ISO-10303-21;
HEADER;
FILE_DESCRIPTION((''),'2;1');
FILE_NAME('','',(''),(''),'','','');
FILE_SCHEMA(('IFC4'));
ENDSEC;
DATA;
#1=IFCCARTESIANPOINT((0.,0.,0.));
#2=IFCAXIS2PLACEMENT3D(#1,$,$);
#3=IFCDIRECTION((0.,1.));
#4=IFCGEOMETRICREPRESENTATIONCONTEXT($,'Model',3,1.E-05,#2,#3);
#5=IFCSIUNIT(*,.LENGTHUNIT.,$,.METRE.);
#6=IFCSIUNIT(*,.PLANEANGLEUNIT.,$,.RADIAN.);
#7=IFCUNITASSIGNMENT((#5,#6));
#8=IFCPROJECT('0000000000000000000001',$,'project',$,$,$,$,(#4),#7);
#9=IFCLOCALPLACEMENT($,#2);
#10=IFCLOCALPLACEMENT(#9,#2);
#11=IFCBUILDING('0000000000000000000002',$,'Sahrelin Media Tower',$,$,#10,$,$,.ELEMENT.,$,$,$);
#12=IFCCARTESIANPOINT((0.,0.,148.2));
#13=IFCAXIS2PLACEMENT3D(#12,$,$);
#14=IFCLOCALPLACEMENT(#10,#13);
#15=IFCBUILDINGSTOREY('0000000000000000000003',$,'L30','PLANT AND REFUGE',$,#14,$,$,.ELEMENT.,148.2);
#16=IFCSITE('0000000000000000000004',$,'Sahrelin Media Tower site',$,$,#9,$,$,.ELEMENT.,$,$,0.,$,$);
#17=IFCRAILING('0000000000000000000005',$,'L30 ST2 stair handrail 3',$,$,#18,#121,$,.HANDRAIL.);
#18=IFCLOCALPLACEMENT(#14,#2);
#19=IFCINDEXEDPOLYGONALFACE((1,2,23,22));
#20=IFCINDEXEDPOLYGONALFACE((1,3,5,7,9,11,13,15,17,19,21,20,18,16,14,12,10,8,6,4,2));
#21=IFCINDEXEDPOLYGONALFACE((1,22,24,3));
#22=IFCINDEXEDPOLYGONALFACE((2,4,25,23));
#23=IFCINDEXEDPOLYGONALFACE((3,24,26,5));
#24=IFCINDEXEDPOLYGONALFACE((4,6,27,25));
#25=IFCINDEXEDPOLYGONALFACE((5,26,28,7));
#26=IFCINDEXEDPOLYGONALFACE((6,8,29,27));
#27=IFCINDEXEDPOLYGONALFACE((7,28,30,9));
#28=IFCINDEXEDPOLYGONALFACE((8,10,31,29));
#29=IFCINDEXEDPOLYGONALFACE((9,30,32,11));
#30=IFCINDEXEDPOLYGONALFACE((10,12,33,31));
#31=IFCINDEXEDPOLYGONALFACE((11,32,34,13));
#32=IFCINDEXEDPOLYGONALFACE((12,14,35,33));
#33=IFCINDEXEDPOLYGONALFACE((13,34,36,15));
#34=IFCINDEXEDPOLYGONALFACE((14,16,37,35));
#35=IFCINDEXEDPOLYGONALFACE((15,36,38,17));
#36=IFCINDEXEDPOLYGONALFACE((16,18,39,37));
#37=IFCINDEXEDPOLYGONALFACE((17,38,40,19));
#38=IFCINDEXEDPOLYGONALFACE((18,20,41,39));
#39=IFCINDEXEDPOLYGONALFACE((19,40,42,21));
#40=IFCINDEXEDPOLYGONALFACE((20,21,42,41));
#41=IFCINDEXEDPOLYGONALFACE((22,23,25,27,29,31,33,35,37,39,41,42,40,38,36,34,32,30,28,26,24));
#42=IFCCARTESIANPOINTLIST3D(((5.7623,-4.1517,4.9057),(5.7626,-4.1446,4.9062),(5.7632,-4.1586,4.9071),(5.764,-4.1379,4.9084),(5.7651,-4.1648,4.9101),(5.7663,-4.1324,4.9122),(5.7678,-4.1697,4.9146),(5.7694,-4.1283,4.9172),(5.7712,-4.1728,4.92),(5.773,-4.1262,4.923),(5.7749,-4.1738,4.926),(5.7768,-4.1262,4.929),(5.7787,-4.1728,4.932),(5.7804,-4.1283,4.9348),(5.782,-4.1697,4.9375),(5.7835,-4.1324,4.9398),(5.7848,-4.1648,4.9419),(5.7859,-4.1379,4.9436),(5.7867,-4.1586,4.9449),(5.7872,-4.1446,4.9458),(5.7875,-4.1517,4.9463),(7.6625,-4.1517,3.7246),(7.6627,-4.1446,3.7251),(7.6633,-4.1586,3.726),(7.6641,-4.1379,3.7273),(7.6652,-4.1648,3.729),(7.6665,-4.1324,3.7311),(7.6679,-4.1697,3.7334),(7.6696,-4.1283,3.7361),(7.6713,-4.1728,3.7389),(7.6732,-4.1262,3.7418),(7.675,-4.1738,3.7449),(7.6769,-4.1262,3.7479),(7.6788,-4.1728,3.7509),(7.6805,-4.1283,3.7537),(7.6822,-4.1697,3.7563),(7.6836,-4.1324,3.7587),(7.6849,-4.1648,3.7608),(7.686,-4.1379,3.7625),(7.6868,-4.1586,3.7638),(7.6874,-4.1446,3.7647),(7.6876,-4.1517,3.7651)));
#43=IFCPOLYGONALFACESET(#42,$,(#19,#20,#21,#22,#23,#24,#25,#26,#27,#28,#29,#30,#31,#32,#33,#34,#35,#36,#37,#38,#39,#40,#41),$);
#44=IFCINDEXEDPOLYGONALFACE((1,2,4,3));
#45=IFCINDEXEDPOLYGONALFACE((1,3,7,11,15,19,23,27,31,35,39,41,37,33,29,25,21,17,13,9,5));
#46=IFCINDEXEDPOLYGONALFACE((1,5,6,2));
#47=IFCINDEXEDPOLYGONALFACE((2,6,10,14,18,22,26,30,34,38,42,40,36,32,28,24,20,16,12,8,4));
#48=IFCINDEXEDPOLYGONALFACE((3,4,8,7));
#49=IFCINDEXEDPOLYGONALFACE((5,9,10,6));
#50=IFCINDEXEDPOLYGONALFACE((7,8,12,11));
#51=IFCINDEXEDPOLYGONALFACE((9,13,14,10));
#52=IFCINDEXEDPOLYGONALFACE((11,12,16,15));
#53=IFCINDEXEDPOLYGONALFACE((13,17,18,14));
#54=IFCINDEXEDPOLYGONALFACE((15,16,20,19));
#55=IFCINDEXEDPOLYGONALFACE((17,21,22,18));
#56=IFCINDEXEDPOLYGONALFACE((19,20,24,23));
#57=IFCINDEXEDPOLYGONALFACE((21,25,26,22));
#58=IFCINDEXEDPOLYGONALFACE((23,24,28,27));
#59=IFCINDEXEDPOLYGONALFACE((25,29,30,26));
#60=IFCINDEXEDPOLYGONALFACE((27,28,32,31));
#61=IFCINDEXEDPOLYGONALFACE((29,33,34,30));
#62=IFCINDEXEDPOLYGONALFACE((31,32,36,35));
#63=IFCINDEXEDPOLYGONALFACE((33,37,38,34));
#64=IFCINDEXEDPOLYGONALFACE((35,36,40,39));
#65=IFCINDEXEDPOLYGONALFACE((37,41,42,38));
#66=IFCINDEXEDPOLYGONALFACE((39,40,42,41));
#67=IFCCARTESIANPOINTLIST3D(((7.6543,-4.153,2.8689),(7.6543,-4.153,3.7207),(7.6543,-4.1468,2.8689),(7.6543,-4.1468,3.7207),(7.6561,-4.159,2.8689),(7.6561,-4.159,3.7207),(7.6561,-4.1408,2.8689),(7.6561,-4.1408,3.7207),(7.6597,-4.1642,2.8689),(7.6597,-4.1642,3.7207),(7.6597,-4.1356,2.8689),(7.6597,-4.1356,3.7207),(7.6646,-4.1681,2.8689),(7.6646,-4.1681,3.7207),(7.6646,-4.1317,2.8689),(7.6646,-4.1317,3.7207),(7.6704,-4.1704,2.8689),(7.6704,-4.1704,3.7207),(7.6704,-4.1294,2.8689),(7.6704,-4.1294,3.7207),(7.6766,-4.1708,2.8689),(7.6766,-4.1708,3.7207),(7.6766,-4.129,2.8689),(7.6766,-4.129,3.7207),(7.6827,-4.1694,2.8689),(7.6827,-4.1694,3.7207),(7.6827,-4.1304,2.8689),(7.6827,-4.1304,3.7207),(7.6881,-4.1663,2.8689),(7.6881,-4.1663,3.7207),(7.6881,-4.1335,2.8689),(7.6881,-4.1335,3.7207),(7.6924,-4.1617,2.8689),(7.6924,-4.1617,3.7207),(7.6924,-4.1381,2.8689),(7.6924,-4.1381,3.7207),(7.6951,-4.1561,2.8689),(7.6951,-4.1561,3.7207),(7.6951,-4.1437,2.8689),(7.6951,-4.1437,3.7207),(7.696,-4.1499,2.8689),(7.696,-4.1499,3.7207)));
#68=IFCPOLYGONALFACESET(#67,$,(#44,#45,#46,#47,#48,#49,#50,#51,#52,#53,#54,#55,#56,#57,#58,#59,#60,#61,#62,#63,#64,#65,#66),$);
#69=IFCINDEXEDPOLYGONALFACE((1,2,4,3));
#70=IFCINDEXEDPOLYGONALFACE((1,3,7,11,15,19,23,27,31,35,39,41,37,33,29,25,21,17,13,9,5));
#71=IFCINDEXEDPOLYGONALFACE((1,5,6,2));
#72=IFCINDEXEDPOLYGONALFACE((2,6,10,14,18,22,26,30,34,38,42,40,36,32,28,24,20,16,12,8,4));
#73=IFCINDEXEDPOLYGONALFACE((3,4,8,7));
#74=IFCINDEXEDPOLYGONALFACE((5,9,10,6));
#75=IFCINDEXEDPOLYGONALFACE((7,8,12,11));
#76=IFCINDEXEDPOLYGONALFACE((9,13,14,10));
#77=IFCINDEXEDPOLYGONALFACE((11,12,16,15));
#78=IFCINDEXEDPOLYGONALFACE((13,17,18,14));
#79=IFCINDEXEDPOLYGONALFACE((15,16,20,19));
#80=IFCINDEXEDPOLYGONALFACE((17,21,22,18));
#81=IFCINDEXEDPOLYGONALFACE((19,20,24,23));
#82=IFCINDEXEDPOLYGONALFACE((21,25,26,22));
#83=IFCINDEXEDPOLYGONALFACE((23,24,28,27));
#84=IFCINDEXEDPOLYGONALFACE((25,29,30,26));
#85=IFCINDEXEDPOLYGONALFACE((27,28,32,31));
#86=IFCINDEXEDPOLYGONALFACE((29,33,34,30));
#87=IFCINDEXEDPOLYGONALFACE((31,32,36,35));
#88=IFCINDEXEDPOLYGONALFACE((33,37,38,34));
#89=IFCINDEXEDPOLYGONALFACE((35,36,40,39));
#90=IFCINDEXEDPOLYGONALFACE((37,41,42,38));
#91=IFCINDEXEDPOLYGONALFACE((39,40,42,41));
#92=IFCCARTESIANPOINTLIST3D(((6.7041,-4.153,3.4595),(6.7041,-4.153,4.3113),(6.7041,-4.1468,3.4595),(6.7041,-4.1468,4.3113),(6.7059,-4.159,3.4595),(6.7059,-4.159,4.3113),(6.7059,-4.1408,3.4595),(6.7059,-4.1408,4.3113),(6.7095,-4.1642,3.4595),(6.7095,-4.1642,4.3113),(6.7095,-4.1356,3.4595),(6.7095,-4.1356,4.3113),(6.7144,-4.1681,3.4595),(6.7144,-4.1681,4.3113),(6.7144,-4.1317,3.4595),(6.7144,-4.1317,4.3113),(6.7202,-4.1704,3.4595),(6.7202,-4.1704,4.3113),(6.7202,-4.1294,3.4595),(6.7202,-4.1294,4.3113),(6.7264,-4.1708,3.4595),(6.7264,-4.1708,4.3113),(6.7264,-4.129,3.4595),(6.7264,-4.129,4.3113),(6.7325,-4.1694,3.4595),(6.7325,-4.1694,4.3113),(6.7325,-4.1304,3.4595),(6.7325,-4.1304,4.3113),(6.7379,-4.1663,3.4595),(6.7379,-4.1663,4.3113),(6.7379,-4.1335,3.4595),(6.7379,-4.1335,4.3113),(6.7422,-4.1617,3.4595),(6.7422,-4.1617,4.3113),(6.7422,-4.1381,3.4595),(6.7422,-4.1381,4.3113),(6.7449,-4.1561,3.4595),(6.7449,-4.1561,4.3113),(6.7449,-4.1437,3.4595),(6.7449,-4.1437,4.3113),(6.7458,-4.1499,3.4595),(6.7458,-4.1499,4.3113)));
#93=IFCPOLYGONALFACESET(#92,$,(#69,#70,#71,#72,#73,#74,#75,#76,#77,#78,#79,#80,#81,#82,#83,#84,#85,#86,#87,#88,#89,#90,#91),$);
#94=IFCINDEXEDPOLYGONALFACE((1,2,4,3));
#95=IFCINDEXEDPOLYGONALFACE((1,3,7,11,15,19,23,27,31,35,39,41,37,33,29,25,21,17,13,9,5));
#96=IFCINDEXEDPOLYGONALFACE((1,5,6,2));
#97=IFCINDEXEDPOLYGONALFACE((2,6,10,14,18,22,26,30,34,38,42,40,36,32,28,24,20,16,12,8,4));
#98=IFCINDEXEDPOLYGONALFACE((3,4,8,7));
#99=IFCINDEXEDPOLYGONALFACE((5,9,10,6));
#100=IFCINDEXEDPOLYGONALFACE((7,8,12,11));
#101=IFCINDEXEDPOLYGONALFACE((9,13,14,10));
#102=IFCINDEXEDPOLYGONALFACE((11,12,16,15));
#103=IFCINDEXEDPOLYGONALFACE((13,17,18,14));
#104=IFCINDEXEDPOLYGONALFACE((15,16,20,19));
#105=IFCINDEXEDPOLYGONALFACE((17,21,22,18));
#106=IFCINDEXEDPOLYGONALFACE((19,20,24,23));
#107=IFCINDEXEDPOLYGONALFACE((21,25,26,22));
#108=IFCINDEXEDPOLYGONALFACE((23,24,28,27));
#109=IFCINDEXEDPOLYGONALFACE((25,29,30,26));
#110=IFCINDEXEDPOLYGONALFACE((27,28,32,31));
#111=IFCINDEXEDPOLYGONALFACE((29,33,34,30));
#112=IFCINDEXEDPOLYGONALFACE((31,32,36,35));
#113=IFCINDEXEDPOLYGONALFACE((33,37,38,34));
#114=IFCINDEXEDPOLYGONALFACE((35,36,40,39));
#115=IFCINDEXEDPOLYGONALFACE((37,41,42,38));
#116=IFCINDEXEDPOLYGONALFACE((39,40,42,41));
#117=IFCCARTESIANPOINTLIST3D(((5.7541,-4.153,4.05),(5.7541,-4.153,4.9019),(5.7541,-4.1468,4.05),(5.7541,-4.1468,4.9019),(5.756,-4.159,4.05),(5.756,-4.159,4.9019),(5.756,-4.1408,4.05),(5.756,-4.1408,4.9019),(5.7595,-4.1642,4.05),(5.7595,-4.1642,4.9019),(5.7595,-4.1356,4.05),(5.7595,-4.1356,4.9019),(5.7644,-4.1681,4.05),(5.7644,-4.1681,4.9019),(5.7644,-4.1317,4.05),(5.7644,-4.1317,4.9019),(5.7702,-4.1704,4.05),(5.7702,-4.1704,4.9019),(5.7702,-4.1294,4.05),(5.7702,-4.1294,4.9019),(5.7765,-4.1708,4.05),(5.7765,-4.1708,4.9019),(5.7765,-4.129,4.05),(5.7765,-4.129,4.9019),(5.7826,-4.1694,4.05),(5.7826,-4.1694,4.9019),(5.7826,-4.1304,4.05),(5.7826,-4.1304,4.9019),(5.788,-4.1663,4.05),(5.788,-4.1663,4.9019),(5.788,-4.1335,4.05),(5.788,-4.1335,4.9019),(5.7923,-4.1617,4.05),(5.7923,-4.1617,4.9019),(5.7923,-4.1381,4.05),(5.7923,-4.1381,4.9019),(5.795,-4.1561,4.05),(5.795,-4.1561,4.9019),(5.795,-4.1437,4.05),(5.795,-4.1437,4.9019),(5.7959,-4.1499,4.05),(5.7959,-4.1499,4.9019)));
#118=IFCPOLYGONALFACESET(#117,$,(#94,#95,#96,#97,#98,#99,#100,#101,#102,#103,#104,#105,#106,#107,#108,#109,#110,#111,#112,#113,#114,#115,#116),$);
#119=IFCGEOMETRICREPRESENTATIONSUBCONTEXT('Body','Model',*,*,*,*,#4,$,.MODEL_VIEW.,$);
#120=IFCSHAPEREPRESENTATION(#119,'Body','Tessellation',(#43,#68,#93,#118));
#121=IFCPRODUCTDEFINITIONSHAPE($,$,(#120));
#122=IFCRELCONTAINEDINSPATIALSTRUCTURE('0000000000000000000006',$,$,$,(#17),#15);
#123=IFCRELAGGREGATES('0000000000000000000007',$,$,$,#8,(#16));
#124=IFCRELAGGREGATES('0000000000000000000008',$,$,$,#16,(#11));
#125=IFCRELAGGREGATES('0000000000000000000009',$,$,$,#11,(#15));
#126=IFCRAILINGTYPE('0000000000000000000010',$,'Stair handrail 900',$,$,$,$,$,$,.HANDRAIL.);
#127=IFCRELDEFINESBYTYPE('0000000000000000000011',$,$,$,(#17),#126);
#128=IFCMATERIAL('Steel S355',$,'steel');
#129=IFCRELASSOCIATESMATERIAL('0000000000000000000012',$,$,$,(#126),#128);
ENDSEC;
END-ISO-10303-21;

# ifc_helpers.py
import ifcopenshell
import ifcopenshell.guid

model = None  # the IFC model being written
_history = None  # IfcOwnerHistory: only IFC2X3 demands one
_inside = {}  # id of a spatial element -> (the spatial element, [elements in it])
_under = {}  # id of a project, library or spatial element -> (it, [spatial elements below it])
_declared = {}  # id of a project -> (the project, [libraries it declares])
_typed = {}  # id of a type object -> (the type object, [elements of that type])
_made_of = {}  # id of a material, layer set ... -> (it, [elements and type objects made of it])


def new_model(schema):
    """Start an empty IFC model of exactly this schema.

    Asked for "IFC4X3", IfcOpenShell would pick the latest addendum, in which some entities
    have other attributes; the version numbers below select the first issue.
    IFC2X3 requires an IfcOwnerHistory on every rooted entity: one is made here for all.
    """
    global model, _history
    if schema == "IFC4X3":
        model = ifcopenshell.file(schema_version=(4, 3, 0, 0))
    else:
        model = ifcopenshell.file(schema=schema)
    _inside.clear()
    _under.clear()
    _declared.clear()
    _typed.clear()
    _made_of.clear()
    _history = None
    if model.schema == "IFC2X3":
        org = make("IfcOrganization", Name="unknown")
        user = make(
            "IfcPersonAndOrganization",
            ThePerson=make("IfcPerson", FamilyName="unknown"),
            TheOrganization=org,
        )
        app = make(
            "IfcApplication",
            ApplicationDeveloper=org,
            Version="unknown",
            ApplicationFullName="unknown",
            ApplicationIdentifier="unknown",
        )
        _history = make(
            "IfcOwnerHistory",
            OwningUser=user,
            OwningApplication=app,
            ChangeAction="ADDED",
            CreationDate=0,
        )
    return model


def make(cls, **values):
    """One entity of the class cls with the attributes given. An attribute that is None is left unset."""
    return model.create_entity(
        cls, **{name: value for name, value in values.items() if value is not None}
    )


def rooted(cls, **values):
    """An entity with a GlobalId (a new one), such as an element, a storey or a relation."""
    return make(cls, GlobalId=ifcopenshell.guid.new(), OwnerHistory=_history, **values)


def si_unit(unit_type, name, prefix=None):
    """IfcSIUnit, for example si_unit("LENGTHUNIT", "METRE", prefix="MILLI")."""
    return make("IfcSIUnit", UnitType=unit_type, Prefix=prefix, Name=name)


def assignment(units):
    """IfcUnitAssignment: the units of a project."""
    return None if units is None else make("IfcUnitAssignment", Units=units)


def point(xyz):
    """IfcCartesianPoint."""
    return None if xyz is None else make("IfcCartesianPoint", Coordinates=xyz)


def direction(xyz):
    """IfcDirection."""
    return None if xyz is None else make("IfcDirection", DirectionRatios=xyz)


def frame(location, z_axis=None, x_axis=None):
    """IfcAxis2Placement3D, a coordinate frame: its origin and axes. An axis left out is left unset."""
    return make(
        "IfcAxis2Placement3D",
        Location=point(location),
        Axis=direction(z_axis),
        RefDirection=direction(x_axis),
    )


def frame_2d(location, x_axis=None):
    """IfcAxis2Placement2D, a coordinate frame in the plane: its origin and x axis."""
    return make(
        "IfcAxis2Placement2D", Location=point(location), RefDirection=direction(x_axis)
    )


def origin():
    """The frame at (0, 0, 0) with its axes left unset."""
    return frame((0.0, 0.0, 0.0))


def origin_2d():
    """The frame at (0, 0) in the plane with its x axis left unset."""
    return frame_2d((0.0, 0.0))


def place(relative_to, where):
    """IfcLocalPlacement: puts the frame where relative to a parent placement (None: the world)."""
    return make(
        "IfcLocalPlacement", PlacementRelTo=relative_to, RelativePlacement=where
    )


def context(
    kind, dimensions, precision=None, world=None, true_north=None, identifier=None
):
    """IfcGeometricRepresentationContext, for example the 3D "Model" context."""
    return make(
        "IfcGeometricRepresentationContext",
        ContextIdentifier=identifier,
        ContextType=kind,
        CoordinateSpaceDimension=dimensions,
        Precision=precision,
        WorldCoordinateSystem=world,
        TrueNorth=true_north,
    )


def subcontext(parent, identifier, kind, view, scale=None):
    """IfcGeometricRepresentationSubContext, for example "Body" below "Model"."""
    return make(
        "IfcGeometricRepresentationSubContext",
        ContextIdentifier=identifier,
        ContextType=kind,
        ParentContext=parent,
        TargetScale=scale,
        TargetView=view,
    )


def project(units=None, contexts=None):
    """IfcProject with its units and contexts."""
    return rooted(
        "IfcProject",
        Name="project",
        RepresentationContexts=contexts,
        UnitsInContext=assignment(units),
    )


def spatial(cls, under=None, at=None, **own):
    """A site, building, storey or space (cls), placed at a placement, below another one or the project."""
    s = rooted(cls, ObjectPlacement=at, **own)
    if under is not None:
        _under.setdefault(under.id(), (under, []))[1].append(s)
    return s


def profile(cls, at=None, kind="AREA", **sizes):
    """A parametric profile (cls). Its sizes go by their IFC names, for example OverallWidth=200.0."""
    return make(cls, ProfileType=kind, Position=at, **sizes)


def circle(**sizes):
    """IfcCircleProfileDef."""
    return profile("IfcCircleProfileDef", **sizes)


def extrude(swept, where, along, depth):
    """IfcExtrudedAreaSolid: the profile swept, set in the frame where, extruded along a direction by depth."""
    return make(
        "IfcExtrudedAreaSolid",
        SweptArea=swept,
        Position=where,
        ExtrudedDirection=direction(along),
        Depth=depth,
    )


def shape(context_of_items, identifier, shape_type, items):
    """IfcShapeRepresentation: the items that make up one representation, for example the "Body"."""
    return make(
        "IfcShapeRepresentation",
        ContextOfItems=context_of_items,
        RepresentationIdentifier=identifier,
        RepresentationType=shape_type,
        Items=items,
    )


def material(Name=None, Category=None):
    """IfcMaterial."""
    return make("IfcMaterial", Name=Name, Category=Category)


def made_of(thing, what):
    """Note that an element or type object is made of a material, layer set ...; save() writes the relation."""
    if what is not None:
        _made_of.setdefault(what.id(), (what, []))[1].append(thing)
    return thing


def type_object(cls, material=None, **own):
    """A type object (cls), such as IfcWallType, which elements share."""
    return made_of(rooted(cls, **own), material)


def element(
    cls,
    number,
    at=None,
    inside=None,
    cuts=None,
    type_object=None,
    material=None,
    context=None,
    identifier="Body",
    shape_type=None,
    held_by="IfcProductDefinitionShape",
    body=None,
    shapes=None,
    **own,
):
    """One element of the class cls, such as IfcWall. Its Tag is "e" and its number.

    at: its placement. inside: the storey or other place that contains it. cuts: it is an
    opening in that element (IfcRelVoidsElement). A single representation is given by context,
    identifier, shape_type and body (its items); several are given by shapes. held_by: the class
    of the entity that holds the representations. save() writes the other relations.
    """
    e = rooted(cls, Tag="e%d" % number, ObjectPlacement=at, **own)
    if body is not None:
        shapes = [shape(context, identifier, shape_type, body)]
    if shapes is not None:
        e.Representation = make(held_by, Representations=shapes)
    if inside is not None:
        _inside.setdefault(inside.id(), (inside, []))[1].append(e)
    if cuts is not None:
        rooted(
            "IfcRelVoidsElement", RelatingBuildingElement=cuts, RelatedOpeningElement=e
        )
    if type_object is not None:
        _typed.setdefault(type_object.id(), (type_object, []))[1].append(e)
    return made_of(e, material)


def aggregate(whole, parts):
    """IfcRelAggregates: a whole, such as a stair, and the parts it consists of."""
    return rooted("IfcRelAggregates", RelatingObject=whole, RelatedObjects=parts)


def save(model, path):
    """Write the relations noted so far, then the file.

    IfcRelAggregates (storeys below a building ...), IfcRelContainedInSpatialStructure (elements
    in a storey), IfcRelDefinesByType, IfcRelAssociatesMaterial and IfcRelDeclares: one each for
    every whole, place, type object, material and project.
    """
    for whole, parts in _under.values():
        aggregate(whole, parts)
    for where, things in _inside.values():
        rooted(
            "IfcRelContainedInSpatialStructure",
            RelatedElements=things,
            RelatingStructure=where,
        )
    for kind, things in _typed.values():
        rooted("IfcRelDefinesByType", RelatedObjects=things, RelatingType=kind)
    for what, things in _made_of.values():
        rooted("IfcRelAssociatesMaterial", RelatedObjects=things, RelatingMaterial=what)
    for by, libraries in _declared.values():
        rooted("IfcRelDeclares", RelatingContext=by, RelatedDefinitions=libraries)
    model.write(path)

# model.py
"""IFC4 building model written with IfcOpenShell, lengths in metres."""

from ifc_helpers import new_model, si_unit, direction, frame, origin, origin_2d, place, context, subcontext, project, spatial, circle, extrude, material, type_object, element, save


model = new_model("IFC4")

# Units and contexts
model_context = context("Model", 3, precision=1e-05, world=origin(), true_north=direction((0.0, 1.0)))
body_context = subcontext(model_context, "Body", "Model", "MODEL_VIEW")
ifc_project = project(units=[si_unit("LENGTHUNIT", "METRE"), si_unit("PLANEANGLEUNIT", "RADIAN")], contexts=[model_context])

# Site, building, storey
site_placement = place(None, origin())
site = spatial("IfcSite", under=ifc_project, at=site_placement, Name="Sahrelin Media Tower site", CompositionType="ELEMENT", RefElevation=0.0)
building_placement = place(site_placement, origin())
building = spatial("IfcBuilding", under=site, at=building_placement, Name="Sahrelin Media Tower", CompositionType="ELEMENT")
storey_placement = place(building_placement, frame((0.0, 0.0, 148.2)))
storey = spatial("IfcBuildingStorey", under=building, at=storey_placement, Name="L30", Description="PLANT AND REFUGE", CompositionType="ELEMENT", Elevation=148.2)

# Shared definitions
ifc_material_1 = material(Name="Steel S355", Category="steel")

# Railing
railing_type_1 = type_object("IfcRailingType", Name="Stair handrail 900", PredefinedType="HANDRAIL", material=ifc_material_1)
railing_1_placement = place(storey_placement, frame((7.675, -4.1499, 2.8689)))
element("IfcRailing", 1, at=railing_1_placement, inside=storey, type_object=railing_type_1, Name="L30 ST2 stair handrail 3", PredefinedType="HANDRAIL", context=body_context, shape_type="SweptSolid", body=[
    extrude(circle(Radius=0.0239, at=origin_2d()), frame((0.0, 0.0, 0.876), z_axis=(-0.849289, 0.0, 0.527928), x_axis=(0.0, -1.0, 0.0)), (0.0, 0.0, 1.0), 2.2373),
    extrude(circle(Radius=0.021, at=origin_2d()), origin(), (0.0, 0.0, 1.0), 0.8518),
    extrude(circle(Radius=0.021, at=origin_2d()), frame((-0.9502, 0.0, 0.5906)), (0.0, 0.0, 1.0), 0.8518),
    extrude(circle(Radius=0.021, at=origin_2d()), frame((-1.9001, 0.0, 1.1812)), (0.0, 0.0, 1.0), 0.8518),
])

save(model, "model.ifc")
